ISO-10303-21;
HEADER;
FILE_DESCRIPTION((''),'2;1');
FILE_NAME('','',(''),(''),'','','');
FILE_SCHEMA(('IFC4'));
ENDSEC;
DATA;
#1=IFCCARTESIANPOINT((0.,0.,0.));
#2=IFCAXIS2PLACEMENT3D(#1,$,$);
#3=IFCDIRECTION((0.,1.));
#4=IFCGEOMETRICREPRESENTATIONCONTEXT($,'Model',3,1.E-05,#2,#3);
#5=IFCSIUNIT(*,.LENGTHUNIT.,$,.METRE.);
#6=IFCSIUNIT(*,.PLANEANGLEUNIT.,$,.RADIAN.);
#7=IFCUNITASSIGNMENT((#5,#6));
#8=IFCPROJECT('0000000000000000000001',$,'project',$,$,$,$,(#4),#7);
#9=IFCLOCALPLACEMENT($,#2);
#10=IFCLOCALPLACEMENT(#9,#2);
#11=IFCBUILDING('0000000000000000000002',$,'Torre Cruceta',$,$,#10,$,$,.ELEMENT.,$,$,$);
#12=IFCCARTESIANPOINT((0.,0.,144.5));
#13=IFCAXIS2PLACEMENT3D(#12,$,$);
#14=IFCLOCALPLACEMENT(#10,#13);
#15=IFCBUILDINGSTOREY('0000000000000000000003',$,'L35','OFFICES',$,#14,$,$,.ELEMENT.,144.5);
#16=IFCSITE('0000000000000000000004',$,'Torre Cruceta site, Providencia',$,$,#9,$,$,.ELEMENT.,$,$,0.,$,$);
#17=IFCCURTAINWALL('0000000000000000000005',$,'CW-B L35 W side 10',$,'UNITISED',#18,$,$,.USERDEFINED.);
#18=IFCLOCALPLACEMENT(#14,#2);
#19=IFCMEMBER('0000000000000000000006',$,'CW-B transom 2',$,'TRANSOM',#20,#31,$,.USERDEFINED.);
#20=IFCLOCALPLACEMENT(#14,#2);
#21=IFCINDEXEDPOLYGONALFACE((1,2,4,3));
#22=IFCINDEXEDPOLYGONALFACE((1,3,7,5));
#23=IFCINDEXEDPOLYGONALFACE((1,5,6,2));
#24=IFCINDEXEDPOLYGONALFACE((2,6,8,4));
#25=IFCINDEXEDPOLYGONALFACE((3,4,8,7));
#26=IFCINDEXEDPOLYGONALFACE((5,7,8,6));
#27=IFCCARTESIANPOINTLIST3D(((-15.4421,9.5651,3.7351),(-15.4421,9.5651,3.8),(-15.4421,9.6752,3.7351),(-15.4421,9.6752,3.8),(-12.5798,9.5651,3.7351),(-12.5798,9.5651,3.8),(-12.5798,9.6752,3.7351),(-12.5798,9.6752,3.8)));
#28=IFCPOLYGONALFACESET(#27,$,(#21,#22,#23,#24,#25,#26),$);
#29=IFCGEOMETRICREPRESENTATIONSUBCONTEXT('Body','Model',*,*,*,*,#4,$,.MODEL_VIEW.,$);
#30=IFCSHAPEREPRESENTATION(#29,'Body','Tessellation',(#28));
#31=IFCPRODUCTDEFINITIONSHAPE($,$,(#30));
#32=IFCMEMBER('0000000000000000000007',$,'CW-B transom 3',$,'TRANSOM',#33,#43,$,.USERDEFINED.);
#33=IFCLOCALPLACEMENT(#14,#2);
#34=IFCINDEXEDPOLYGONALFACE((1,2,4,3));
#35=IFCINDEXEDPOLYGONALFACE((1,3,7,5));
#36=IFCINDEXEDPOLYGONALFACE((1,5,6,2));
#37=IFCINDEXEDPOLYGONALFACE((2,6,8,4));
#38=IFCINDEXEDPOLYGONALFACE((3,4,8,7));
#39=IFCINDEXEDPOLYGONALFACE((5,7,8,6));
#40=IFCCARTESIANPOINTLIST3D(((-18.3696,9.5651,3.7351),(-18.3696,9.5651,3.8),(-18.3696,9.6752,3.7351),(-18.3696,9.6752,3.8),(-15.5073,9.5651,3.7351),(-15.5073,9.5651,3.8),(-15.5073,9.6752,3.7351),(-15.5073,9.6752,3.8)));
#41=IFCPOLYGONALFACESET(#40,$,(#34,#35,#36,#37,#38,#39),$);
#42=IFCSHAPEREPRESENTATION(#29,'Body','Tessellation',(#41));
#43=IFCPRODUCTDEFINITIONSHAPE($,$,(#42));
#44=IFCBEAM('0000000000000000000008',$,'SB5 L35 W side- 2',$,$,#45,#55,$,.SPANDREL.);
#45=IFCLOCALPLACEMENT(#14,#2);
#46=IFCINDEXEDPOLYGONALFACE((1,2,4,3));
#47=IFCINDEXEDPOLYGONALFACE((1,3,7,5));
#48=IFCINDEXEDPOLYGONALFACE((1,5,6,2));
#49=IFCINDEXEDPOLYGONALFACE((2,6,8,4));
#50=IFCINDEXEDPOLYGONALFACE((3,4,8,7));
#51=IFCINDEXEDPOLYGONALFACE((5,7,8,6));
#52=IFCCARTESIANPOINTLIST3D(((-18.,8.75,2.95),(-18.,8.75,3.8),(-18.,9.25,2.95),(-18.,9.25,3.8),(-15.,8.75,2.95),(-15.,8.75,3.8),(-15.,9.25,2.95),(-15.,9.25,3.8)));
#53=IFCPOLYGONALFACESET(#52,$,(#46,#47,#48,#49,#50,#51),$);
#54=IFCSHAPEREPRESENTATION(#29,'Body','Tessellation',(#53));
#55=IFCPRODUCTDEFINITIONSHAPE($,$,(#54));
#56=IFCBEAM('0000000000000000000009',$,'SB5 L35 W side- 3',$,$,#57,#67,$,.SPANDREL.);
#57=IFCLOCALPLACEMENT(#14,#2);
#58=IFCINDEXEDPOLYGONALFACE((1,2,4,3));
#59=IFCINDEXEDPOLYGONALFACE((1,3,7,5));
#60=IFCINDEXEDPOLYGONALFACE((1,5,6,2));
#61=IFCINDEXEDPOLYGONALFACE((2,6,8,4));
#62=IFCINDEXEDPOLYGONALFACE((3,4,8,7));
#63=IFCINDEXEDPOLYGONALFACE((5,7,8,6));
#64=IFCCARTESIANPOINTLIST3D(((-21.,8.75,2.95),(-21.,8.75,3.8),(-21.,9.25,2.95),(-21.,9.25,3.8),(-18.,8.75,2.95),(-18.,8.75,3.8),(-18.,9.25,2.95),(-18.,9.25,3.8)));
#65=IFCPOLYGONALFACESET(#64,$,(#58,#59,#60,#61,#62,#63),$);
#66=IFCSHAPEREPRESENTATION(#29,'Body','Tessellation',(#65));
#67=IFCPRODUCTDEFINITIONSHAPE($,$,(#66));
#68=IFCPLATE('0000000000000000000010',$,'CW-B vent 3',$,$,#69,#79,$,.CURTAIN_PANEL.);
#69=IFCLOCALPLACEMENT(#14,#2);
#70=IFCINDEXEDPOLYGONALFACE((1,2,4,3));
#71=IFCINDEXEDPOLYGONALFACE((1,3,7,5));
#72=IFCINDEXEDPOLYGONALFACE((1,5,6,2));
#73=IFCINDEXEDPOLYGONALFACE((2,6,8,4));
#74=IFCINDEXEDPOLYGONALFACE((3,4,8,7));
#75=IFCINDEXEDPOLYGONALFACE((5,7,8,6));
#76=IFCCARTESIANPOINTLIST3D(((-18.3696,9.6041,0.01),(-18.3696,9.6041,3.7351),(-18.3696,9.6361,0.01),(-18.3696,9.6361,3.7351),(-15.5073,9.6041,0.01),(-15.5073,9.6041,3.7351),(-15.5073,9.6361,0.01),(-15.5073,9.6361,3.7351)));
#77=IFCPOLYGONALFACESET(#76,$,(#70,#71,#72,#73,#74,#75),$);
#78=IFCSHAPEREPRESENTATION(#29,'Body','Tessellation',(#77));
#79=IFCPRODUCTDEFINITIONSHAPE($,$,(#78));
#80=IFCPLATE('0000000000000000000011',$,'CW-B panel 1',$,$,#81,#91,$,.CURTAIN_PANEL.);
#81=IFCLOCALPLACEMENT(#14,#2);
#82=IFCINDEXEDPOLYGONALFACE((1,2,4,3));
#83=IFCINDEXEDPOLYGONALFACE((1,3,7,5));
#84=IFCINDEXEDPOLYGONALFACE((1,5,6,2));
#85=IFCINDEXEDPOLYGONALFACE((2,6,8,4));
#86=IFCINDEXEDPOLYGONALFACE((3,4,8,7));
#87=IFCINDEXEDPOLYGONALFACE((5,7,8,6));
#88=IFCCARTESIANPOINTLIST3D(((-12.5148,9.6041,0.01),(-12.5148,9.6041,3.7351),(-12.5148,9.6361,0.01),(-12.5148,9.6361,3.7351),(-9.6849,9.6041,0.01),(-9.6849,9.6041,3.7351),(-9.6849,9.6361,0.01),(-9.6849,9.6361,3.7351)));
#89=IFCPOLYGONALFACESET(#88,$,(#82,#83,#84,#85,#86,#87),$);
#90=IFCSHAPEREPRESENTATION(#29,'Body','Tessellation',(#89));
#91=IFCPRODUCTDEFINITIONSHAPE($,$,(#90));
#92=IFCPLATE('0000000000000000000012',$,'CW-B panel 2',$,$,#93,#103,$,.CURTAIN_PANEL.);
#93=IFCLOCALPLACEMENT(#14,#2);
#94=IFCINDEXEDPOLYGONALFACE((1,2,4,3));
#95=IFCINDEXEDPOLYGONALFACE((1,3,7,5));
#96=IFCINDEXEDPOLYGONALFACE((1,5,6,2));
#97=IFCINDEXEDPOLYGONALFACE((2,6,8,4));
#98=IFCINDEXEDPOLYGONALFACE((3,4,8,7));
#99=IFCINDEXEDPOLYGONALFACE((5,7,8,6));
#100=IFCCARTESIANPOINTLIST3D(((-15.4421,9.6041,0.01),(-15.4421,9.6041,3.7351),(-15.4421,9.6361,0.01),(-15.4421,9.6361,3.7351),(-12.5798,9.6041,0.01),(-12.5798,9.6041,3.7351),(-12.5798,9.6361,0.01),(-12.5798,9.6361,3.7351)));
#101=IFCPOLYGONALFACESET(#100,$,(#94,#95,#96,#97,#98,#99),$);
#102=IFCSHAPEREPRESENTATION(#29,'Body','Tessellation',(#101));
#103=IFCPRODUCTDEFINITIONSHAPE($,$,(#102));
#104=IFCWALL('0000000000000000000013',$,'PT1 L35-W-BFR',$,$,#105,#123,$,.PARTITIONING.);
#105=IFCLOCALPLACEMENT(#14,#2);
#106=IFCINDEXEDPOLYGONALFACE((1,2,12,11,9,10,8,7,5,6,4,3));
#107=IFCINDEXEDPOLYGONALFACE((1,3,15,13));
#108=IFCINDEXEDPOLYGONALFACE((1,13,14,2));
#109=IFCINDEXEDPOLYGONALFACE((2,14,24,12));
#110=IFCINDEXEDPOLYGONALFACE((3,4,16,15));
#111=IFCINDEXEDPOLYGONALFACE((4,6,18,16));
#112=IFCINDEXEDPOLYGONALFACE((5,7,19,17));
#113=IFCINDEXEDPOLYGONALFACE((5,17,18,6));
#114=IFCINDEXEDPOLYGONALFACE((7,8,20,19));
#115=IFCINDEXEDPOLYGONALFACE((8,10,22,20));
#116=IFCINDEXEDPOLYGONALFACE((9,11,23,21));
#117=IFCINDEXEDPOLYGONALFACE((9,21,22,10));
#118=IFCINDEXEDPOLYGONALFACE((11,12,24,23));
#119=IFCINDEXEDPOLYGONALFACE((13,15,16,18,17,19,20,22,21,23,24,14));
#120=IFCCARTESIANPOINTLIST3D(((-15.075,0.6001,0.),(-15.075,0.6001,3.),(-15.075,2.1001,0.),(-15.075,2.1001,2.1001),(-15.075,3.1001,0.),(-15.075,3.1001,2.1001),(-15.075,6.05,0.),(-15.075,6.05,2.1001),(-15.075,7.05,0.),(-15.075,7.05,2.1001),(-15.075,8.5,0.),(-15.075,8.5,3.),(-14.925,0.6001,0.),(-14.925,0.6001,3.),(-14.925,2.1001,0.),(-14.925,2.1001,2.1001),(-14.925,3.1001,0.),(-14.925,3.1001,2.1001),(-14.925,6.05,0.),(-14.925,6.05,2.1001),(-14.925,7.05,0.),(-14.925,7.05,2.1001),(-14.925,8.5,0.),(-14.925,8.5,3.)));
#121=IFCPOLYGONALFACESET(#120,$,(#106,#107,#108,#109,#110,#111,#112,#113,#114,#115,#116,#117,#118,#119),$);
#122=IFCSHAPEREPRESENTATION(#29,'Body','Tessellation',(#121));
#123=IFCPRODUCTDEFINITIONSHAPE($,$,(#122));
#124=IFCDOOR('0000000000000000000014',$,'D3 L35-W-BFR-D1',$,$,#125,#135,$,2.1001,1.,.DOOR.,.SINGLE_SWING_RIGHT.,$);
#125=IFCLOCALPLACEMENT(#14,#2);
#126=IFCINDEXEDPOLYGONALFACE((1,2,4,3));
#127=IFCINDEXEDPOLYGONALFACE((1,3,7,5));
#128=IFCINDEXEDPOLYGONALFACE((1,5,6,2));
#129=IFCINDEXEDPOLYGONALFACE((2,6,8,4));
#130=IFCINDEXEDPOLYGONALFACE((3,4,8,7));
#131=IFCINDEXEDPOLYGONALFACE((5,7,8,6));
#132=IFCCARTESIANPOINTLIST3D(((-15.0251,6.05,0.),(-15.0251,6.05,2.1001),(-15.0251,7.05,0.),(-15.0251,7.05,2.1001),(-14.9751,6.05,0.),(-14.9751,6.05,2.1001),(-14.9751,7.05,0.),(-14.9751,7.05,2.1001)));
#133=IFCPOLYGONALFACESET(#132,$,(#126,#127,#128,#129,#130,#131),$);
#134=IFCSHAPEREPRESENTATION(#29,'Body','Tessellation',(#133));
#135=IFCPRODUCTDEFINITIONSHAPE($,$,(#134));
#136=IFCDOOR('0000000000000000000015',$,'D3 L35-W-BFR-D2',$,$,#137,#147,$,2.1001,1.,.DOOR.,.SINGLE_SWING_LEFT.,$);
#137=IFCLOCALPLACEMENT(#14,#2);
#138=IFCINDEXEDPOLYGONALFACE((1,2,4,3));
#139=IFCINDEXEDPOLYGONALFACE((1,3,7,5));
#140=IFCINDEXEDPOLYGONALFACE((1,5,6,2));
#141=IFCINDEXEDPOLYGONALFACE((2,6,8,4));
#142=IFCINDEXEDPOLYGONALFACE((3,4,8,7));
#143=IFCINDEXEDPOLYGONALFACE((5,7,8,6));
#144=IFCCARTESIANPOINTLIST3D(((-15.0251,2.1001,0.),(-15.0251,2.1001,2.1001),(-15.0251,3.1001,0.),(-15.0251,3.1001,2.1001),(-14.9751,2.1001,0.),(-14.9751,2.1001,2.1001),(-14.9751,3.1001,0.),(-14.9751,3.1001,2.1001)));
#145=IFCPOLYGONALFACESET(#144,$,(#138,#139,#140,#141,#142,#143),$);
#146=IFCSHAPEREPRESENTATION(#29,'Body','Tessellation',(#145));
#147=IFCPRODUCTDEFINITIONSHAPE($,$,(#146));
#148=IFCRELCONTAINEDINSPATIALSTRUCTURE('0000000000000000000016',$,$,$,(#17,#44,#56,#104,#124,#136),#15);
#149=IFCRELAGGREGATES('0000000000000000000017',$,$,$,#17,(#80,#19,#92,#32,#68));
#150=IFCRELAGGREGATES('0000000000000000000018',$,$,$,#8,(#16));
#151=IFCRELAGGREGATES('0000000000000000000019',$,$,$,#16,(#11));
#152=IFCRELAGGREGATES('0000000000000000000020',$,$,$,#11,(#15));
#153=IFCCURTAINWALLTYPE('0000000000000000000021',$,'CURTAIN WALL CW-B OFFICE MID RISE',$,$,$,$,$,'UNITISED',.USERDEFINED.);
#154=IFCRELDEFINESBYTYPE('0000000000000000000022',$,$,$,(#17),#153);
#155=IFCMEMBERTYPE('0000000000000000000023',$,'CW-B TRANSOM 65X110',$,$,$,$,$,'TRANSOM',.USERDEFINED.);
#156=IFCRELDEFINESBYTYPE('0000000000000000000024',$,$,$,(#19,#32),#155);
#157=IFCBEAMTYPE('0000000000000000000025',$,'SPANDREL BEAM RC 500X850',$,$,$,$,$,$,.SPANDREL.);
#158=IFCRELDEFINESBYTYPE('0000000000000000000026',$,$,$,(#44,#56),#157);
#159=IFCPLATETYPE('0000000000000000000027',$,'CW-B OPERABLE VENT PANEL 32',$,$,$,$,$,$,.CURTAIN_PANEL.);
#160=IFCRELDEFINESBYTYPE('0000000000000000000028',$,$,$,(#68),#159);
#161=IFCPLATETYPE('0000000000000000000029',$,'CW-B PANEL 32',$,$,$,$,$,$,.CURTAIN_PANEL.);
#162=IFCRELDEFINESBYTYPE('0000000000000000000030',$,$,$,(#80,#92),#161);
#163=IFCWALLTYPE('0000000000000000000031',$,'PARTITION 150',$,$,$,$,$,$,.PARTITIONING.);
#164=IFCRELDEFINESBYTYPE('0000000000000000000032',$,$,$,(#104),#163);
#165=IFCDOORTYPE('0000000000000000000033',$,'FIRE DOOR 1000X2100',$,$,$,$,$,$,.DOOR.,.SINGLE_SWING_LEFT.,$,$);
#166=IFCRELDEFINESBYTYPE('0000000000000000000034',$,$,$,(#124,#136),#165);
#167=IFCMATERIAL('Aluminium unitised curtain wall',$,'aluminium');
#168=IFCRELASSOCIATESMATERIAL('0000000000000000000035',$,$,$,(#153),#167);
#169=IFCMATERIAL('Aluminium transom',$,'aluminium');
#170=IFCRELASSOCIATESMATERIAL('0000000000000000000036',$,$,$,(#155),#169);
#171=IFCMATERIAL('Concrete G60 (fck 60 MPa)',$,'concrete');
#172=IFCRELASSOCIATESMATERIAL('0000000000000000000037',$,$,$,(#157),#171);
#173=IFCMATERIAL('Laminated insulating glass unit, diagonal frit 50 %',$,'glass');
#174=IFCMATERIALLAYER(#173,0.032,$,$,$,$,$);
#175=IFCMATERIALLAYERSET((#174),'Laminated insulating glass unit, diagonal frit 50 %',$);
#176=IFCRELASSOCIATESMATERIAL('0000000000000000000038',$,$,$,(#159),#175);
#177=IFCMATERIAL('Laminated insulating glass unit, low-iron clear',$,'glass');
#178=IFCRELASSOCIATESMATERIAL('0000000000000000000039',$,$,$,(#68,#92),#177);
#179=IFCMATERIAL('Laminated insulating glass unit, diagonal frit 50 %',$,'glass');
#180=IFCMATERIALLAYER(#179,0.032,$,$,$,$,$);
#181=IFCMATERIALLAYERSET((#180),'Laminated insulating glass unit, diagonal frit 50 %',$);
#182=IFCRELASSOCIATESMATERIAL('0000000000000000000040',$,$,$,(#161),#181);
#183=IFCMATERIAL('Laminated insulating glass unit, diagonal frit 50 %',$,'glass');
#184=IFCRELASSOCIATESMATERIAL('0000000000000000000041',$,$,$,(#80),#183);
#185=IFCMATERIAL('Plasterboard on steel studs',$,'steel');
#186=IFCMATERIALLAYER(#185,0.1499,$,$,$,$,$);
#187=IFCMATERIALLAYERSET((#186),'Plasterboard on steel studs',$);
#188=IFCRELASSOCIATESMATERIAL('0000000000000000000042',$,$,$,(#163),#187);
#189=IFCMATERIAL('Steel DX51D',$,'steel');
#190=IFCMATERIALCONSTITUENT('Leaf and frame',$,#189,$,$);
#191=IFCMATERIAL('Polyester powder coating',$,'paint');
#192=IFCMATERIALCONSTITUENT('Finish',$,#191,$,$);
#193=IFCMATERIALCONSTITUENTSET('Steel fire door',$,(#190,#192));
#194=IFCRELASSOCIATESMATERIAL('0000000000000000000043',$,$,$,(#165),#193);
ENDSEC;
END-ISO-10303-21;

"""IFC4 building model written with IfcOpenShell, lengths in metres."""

from ifc_helpers import new_model, si_unit, direction, frame, frame_2d, origin, origin_2d, place, context, subcontext, project, spatial, rectangle, extrude, material, layer, layer_set, constituent, constituent_set, material_profile, profile_set, type_object, element, fill, aggregate, save


model = new_model("IFC4")

# Units and contexts
model_context = context("Model", 3, precision=1e-05, world=origin(), true_north=direction((0.0, 1.0)))
body_context = subcontext(model_context, "Body", "Model", "MODEL_VIEW")
ifc_project = project(units=[si_unit("LENGTHUNIT", "METRE"), si_unit("PLANEANGLEUNIT", "RADIAN")], contexts=[model_context])

# Site, building, storey
site_placement = place(None, origin())
site = spatial("IfcSite", under=ifc_project, at=site_placement, Name="Torre Cruceta site, Providencia", CompositionType="ELEMENT", RefElevation=0.0)
building_placement = place(site_placement, origin())
building = spatial("IfcBuilding", under=site, at=building_placement, Name="Torre Cruceta", CompositionType="ELEMENT")
storey_placement = place(building_placement, frame((0.0, 0.0, 144.5)))
storey = spatial("IfcBuildingStorey", under=building, at=storey_placement, Name="L35", Description="OFFICES", CompositionType="ELEMENT", Elevation=144.5)

# Curtain wall, members
ifc_material_1 = material(Name="Aluminium unitised curtain wall", Category="aluminium")
curtain_wall_type = type_object("IfcCurtainWallType", Name="CURTAIN WALL CW-B OFFICE MID RISE", ElementType="UNITISED", PredefinedType="USERDEFINED", material=ifc_material_1)
curtain_wall_placement = place(storey_placement, origin())
curtain_wall = element("IfcCurtainWall", 1, at=curtain_wall_placement, inside=storey, type_object=curtain_wall_type, Name="CW-B L35 W side 10", ObjectType="UNITISED", PredefinedType="USERDEFINED")
ifc_material_2 = material(Name="Aluminium transom", Category="aluminium")
ifc_material_profile_1 = material_profile(ifc_material_2, rectangle(XDim=0.1101, YDim=0.0649, at=origin_2d()), Name="AL 110X65")
ifc_profile_set_1 = profile_set([ifc_material_profile_1], Name="Aluminium transom")
member_type_1 = type_object("IfcMemberType", Name="CW-B TRANSOM 65X110", ElementType="TRANSOM", PredefinedType="USERDEFINED", material=ifc_profile_set_1)
member_1_placement = place(storey_placement, frame((-12.5798, 9.6201, 3.7676), z_axis=(-1.0, 0.0, 0.0), x_axis=(0.0, -1.0, 0.0)))
member_1 = element("IfcMember", 2, at=member_1_placement, type_object=member_type_1, Name="CW-B transom 2", ObjectType="TRANSOM", PredefinedType="USERDEFINED", context=body_context, shape_type="SweptSolid", body=[
    extrude(rectangle(XDim=0.1101, YDim=0.0649, at=origin_2d()), origin(), (0.0, 0.0, 1.0), 2.8623),
])
member_2_placement = place(storey_placement, frame((-15.5073, 9.6201, 3.7676), z_axis=(-1.0, 0.0, 0.0), x_axis=(0.0, -1.0, 0.0)))
member_2 = element("IfcMember", 3, at=member_2_placement, type_object=member_type_1, Name="CW-B transom 3", ObjectType="TRANSOM", PredefinedType="USERDEFINED", context=body_context, shape_type="SweptSolid", body=[
    extrude(rectangle(XDim=0.1101, YDim=0.0649, at=origin_2d()), origin(), (0.0, 0.0, 1.0), 2.8623),
])

# Beams
ifc_material_3 = material(Name="Concrete G60 (fck 60 MPa)", Category="concrete")
ifc_material_profile_2 = material_profile(ifc_material_3, rectangle(XDim=0.5, YDim=0.8501, at=origin_2d()), Name="RC 500X850")
ifc_profile_set_2 = profile_set([ifc_material_profile_2], Name="Concrete G60 (fck 60 MPa)")
beam_type_1 = type_object("IfcBeamType", Name="SPANDREL BEAM RC 500X850", PredefinedType="SPANDREL", material=ifc_profile_set_2)
for number, where, z_axis, x_axis, name in (
    (4, (-15.0, 9.0, 3.375), (-1.0, 0.0, 0.0), (0.0, -1.0, 0.0), "SB5 L35 W side- 2"),
    (5, (-18.0, 9.0, 3.375), (-1.0, 0.0, 0.0), (0.0, -1.0, 0.0), "SB5 L35 W side- 3"),
):
    element("IfcBeam", number, at=place(storey_placement, frame(where, z_axis=z_axis, x_axis=x_axis)), inside=storey, type_object=beam_type_1, Name=name, PredefinedType="SPANDREL", context=body_context, shape_type="SweptSolid", body=[
        extrude(rectangle(XDim=0.5, YDim=0.8501, at=origin_2d()), origin(), (0.0, 0.0, 1.0), 3.0),
    ])

# Plates
ifc_material_4 = material(Name="Laminated insulating glass unit, low-iron clear", Category="glass")
ifc_material_5 = material(Name="Laminated insulating glass unit, diagonal frit 50 %", Category="glass")
ifc_layer_1 = layer(ifc_material_5, 0.032)
ifc_layer_set_1 = layer_set([ifc_layer_1], Name="Laminated insulating glass unit, diagonal frit 50 %")
plate_type_1 = type_object("IfcPlateType", Name="CW-B OPERABLE VENT PANEL 32", PredefinedType="CURTAIN_PANEL", material=ifc_layer_set_1)
plate_1_placement = place(storey_placement, frame((-16.9385, 9.6201, 0.01), z_axis=(0.0, 0.0, 1.0), x_axis=(-1.0, 0.0, 0.0)))
plate_1 = element("IfcPlate", 6, at=plate_1_placement, type_object=plate_type_1, material=ifc_material_4, Name="CW-B vent 3", PredefinedType="CURTAIN_PANEL", context=body_context, shape_type="SweptSolid", body=[
    extrude(rectangle(XDim=2.8623, YDim=0.032, at=origin_2d()), origin(), (0.0, 0.0, 1.0), 3.7251),
])
ifc_material_6 = material(Name="Laminated insulating glass unit, diagonal frit 50 %", Category="glass")
ifc_material_7 = material(Name="Laminated insulating glass unit, diagonal frit 50 %", Category="glass")
ifc_layer_2 = layer(ifc_material_7, 0.032)
ifc_layer_set_2 = layer_set([ifc_layer_2], Name="Laminated insulating glass unit, diagonal frit 50 %")
plate_type_2 = type_object("IfcPlateType", Name="CW-B PANEL 32", PredefinedType="CURTAIN_PANEL", material=ifc_layer_set_2)
plate_2_placement = place(storey_placement, frame((-11.0999, 9.6201, 0.01), z_axis=(0.0, 0.0, 1.0), x_axis=(-1.0, 0.0, 0.0)))
plate_2 = element("IfcPlate", 7, at=plate_2_placement, type_object=plate_type_2, material=ifc_material_6, Name="CW-B panel 1", PredefinedType="CURTAIN_PANEL", context=body_context, shape_type="SweptSolid", body=[
    extrude(rectangle(XDim=2.8298, YDim=0.032, at=origin_2d()), origin(), (0.0, 0.0, 1.0), 3.7251),
])
plate_3_placement = place(storey_placement, frame((-14.011, 9.6201, 0.01), z_axis=(0.0, 0.0, 1.0), x_axis=(-1.0, 0.0, 0.0)))
plate_3 = element("IfcPlate", 8, at=plate_3_placement, type_object=plate_type_2, material=ifc_material_4, Name="CW-B panel 2", PredefinedType="CURTAIN_PANEL", context=body_context, shape_type="SweptSolid", body=[
    extrude(rectangle(XDim=2.8623, YDim=0.032, at=origin_2d()), origin(), (0.0, 0.0, 1.0), 3.7251),
])
aggregate(curtain_wall, [plate_2, member_1, plate_3, member_2, plate_1])

# Wall, openings, doors
ifc_material_8 = material(Name="Plasterboard on steel studs", Category="steel")
ifc_layer_3 = layer(ifc_material_8, 0.1499)
ifc_layer_set_3 = layer_set([ifc_layer_3], Name="Plasterboard on steel studs")
wall_type = type_object("IfcWallType", Name="PARTITION 150", PredefinedType="PARTITIONING", material=ifc_layer_set_3)
wall_placement = place(storey_placement, frame((-15.0, 8.5, 0.0), z_axis=(0.0, 0.0, 1.0), x_axis=(0.0, -1.0, 0.0)))
wall = element("IfcWall", 9, at=wall_placement, inside=storey, type_object=wall_type, Name="PT1 L35-W-BFR", PredefinedType="PARTITIONING", context=body_context, shape_type="SweptSolid", body=[
    extrude(rectangle(XDim=7.8999, YDim=0.1499, at=frame_2d((3.95, 0.0))), origin(), (0.0, 0.0, 1.0), 3.0),
])
opening_1_placement = place(wall_placement, frame((1.45, 0.0, 0.0)))
opening_1 = element("IfcOpeningElement", 10, at=opening_1_placement, cuts=wall, PredefinedType="OPENING", context=body_context, shape_type="SweptSolid", body=[
    extrude(rectangle(XDim=1.0, YDim=2.1001, at=frame_2d((0.5, 1.05))), frame((0.0, 0.085, 0.0), z_axis=(0.0, -1.0, 0.0), x_axis=(1.0, 0.0, 0.0)), (0.0, 0.0, 1.0), 0.1699),
])
opening_2_placement = place(wall_placement, frame((5.3999, 0.0, 0.0)))
opening_2 = element("IfcOpeningElement", 11, at=opening_2_placement, cuts=wall, PredefinedType="OPENING", context=body_context, shape_type="SweptSolid", body=[
    extrude(rectangle(XDim=1.0, YDim=2.1001, at=frame_2d((0.5, 1.05))), frame((0.0, 0.085, 0.0), z_axis=(0.0, -1.0, 0.0), x_axis=(1.0, 0.0, 0.0)), (0.0, 0.0, 1.0), 0.1699),
])
ifc_material_9 = material(Name="Steel DX51D", Category="steel")
ifc_constituent_1 = constituent(ifc_material_9, Name="Leaf and frame")
ifc_material_10 = material(Name="Polyester powder coating", Category="paint")
ifc_constituent_2 = constituent(ifc_material_10, Name="Finish")
ifc_constituent_set = constituent_set(constituents=[ifc_constituent_1, ifc_constituent_2], Name="Steel fire door")
door_type = type_object("IfcDoorType", Name="FIRE DOOR 1000X2100", OperationType="SINGLE_SWING_LEFT", PredefinedType="DOOR", material=ifc_constituent_set)
door_1_placement = place(opening_1_placement, origin())
door_1 = element("IfcDoor", 12, at=door_1_placement, inside=storey, type_object=door_type, Name="D3 L35-W-BFR-D1", OperationType="SINGLE_SWING_RIGHT", OverallHeight=2.1001, OverallWidth=1.0, PredefinedType="DOOR", context=body_context, shape_type="SweptSolid", body=[
    extrude(rectangle(XDim=1.0, YDim=2.1001, at=frame_2d((0.5, 1.05))), frame((0.0, 0.0249, 0.0), z_axis=(0.0, -1.0, 0.0), x_axis=(1.0, 0.0, 0.0)), (0.0, 0.0, 1.0), 0.05),
])
fill(opening_1, door_1)
door_2_placement = place(opening_2_placement, origin())
door_2 = element("IfcDoor", 13, at=door_2_placement, inside=storey, type_object=door_type, Name="D3 L35-W-BFR-D2", OperationType="SINGLE_SWING_LEFT", OverallHeight=2.1001, OverallWidth=1.0, PredefinedType="DOOR", context=body_context, shape_type="SweptSolid", body=[
    extrude(rectangle(XDim=1.0, YDim=2.1001, at=frame_2d((0.5, 1.05))), frame((0.0, 0.0249, 0.0), z_axis=(0.0, -1.0, 0.0), x_axis=(1.0, 0.0, 0.0)), (0.0, 0.0, 1.0), 0.05),
])
fill(opening_2, door_2)

save(model, "model.ifc")
